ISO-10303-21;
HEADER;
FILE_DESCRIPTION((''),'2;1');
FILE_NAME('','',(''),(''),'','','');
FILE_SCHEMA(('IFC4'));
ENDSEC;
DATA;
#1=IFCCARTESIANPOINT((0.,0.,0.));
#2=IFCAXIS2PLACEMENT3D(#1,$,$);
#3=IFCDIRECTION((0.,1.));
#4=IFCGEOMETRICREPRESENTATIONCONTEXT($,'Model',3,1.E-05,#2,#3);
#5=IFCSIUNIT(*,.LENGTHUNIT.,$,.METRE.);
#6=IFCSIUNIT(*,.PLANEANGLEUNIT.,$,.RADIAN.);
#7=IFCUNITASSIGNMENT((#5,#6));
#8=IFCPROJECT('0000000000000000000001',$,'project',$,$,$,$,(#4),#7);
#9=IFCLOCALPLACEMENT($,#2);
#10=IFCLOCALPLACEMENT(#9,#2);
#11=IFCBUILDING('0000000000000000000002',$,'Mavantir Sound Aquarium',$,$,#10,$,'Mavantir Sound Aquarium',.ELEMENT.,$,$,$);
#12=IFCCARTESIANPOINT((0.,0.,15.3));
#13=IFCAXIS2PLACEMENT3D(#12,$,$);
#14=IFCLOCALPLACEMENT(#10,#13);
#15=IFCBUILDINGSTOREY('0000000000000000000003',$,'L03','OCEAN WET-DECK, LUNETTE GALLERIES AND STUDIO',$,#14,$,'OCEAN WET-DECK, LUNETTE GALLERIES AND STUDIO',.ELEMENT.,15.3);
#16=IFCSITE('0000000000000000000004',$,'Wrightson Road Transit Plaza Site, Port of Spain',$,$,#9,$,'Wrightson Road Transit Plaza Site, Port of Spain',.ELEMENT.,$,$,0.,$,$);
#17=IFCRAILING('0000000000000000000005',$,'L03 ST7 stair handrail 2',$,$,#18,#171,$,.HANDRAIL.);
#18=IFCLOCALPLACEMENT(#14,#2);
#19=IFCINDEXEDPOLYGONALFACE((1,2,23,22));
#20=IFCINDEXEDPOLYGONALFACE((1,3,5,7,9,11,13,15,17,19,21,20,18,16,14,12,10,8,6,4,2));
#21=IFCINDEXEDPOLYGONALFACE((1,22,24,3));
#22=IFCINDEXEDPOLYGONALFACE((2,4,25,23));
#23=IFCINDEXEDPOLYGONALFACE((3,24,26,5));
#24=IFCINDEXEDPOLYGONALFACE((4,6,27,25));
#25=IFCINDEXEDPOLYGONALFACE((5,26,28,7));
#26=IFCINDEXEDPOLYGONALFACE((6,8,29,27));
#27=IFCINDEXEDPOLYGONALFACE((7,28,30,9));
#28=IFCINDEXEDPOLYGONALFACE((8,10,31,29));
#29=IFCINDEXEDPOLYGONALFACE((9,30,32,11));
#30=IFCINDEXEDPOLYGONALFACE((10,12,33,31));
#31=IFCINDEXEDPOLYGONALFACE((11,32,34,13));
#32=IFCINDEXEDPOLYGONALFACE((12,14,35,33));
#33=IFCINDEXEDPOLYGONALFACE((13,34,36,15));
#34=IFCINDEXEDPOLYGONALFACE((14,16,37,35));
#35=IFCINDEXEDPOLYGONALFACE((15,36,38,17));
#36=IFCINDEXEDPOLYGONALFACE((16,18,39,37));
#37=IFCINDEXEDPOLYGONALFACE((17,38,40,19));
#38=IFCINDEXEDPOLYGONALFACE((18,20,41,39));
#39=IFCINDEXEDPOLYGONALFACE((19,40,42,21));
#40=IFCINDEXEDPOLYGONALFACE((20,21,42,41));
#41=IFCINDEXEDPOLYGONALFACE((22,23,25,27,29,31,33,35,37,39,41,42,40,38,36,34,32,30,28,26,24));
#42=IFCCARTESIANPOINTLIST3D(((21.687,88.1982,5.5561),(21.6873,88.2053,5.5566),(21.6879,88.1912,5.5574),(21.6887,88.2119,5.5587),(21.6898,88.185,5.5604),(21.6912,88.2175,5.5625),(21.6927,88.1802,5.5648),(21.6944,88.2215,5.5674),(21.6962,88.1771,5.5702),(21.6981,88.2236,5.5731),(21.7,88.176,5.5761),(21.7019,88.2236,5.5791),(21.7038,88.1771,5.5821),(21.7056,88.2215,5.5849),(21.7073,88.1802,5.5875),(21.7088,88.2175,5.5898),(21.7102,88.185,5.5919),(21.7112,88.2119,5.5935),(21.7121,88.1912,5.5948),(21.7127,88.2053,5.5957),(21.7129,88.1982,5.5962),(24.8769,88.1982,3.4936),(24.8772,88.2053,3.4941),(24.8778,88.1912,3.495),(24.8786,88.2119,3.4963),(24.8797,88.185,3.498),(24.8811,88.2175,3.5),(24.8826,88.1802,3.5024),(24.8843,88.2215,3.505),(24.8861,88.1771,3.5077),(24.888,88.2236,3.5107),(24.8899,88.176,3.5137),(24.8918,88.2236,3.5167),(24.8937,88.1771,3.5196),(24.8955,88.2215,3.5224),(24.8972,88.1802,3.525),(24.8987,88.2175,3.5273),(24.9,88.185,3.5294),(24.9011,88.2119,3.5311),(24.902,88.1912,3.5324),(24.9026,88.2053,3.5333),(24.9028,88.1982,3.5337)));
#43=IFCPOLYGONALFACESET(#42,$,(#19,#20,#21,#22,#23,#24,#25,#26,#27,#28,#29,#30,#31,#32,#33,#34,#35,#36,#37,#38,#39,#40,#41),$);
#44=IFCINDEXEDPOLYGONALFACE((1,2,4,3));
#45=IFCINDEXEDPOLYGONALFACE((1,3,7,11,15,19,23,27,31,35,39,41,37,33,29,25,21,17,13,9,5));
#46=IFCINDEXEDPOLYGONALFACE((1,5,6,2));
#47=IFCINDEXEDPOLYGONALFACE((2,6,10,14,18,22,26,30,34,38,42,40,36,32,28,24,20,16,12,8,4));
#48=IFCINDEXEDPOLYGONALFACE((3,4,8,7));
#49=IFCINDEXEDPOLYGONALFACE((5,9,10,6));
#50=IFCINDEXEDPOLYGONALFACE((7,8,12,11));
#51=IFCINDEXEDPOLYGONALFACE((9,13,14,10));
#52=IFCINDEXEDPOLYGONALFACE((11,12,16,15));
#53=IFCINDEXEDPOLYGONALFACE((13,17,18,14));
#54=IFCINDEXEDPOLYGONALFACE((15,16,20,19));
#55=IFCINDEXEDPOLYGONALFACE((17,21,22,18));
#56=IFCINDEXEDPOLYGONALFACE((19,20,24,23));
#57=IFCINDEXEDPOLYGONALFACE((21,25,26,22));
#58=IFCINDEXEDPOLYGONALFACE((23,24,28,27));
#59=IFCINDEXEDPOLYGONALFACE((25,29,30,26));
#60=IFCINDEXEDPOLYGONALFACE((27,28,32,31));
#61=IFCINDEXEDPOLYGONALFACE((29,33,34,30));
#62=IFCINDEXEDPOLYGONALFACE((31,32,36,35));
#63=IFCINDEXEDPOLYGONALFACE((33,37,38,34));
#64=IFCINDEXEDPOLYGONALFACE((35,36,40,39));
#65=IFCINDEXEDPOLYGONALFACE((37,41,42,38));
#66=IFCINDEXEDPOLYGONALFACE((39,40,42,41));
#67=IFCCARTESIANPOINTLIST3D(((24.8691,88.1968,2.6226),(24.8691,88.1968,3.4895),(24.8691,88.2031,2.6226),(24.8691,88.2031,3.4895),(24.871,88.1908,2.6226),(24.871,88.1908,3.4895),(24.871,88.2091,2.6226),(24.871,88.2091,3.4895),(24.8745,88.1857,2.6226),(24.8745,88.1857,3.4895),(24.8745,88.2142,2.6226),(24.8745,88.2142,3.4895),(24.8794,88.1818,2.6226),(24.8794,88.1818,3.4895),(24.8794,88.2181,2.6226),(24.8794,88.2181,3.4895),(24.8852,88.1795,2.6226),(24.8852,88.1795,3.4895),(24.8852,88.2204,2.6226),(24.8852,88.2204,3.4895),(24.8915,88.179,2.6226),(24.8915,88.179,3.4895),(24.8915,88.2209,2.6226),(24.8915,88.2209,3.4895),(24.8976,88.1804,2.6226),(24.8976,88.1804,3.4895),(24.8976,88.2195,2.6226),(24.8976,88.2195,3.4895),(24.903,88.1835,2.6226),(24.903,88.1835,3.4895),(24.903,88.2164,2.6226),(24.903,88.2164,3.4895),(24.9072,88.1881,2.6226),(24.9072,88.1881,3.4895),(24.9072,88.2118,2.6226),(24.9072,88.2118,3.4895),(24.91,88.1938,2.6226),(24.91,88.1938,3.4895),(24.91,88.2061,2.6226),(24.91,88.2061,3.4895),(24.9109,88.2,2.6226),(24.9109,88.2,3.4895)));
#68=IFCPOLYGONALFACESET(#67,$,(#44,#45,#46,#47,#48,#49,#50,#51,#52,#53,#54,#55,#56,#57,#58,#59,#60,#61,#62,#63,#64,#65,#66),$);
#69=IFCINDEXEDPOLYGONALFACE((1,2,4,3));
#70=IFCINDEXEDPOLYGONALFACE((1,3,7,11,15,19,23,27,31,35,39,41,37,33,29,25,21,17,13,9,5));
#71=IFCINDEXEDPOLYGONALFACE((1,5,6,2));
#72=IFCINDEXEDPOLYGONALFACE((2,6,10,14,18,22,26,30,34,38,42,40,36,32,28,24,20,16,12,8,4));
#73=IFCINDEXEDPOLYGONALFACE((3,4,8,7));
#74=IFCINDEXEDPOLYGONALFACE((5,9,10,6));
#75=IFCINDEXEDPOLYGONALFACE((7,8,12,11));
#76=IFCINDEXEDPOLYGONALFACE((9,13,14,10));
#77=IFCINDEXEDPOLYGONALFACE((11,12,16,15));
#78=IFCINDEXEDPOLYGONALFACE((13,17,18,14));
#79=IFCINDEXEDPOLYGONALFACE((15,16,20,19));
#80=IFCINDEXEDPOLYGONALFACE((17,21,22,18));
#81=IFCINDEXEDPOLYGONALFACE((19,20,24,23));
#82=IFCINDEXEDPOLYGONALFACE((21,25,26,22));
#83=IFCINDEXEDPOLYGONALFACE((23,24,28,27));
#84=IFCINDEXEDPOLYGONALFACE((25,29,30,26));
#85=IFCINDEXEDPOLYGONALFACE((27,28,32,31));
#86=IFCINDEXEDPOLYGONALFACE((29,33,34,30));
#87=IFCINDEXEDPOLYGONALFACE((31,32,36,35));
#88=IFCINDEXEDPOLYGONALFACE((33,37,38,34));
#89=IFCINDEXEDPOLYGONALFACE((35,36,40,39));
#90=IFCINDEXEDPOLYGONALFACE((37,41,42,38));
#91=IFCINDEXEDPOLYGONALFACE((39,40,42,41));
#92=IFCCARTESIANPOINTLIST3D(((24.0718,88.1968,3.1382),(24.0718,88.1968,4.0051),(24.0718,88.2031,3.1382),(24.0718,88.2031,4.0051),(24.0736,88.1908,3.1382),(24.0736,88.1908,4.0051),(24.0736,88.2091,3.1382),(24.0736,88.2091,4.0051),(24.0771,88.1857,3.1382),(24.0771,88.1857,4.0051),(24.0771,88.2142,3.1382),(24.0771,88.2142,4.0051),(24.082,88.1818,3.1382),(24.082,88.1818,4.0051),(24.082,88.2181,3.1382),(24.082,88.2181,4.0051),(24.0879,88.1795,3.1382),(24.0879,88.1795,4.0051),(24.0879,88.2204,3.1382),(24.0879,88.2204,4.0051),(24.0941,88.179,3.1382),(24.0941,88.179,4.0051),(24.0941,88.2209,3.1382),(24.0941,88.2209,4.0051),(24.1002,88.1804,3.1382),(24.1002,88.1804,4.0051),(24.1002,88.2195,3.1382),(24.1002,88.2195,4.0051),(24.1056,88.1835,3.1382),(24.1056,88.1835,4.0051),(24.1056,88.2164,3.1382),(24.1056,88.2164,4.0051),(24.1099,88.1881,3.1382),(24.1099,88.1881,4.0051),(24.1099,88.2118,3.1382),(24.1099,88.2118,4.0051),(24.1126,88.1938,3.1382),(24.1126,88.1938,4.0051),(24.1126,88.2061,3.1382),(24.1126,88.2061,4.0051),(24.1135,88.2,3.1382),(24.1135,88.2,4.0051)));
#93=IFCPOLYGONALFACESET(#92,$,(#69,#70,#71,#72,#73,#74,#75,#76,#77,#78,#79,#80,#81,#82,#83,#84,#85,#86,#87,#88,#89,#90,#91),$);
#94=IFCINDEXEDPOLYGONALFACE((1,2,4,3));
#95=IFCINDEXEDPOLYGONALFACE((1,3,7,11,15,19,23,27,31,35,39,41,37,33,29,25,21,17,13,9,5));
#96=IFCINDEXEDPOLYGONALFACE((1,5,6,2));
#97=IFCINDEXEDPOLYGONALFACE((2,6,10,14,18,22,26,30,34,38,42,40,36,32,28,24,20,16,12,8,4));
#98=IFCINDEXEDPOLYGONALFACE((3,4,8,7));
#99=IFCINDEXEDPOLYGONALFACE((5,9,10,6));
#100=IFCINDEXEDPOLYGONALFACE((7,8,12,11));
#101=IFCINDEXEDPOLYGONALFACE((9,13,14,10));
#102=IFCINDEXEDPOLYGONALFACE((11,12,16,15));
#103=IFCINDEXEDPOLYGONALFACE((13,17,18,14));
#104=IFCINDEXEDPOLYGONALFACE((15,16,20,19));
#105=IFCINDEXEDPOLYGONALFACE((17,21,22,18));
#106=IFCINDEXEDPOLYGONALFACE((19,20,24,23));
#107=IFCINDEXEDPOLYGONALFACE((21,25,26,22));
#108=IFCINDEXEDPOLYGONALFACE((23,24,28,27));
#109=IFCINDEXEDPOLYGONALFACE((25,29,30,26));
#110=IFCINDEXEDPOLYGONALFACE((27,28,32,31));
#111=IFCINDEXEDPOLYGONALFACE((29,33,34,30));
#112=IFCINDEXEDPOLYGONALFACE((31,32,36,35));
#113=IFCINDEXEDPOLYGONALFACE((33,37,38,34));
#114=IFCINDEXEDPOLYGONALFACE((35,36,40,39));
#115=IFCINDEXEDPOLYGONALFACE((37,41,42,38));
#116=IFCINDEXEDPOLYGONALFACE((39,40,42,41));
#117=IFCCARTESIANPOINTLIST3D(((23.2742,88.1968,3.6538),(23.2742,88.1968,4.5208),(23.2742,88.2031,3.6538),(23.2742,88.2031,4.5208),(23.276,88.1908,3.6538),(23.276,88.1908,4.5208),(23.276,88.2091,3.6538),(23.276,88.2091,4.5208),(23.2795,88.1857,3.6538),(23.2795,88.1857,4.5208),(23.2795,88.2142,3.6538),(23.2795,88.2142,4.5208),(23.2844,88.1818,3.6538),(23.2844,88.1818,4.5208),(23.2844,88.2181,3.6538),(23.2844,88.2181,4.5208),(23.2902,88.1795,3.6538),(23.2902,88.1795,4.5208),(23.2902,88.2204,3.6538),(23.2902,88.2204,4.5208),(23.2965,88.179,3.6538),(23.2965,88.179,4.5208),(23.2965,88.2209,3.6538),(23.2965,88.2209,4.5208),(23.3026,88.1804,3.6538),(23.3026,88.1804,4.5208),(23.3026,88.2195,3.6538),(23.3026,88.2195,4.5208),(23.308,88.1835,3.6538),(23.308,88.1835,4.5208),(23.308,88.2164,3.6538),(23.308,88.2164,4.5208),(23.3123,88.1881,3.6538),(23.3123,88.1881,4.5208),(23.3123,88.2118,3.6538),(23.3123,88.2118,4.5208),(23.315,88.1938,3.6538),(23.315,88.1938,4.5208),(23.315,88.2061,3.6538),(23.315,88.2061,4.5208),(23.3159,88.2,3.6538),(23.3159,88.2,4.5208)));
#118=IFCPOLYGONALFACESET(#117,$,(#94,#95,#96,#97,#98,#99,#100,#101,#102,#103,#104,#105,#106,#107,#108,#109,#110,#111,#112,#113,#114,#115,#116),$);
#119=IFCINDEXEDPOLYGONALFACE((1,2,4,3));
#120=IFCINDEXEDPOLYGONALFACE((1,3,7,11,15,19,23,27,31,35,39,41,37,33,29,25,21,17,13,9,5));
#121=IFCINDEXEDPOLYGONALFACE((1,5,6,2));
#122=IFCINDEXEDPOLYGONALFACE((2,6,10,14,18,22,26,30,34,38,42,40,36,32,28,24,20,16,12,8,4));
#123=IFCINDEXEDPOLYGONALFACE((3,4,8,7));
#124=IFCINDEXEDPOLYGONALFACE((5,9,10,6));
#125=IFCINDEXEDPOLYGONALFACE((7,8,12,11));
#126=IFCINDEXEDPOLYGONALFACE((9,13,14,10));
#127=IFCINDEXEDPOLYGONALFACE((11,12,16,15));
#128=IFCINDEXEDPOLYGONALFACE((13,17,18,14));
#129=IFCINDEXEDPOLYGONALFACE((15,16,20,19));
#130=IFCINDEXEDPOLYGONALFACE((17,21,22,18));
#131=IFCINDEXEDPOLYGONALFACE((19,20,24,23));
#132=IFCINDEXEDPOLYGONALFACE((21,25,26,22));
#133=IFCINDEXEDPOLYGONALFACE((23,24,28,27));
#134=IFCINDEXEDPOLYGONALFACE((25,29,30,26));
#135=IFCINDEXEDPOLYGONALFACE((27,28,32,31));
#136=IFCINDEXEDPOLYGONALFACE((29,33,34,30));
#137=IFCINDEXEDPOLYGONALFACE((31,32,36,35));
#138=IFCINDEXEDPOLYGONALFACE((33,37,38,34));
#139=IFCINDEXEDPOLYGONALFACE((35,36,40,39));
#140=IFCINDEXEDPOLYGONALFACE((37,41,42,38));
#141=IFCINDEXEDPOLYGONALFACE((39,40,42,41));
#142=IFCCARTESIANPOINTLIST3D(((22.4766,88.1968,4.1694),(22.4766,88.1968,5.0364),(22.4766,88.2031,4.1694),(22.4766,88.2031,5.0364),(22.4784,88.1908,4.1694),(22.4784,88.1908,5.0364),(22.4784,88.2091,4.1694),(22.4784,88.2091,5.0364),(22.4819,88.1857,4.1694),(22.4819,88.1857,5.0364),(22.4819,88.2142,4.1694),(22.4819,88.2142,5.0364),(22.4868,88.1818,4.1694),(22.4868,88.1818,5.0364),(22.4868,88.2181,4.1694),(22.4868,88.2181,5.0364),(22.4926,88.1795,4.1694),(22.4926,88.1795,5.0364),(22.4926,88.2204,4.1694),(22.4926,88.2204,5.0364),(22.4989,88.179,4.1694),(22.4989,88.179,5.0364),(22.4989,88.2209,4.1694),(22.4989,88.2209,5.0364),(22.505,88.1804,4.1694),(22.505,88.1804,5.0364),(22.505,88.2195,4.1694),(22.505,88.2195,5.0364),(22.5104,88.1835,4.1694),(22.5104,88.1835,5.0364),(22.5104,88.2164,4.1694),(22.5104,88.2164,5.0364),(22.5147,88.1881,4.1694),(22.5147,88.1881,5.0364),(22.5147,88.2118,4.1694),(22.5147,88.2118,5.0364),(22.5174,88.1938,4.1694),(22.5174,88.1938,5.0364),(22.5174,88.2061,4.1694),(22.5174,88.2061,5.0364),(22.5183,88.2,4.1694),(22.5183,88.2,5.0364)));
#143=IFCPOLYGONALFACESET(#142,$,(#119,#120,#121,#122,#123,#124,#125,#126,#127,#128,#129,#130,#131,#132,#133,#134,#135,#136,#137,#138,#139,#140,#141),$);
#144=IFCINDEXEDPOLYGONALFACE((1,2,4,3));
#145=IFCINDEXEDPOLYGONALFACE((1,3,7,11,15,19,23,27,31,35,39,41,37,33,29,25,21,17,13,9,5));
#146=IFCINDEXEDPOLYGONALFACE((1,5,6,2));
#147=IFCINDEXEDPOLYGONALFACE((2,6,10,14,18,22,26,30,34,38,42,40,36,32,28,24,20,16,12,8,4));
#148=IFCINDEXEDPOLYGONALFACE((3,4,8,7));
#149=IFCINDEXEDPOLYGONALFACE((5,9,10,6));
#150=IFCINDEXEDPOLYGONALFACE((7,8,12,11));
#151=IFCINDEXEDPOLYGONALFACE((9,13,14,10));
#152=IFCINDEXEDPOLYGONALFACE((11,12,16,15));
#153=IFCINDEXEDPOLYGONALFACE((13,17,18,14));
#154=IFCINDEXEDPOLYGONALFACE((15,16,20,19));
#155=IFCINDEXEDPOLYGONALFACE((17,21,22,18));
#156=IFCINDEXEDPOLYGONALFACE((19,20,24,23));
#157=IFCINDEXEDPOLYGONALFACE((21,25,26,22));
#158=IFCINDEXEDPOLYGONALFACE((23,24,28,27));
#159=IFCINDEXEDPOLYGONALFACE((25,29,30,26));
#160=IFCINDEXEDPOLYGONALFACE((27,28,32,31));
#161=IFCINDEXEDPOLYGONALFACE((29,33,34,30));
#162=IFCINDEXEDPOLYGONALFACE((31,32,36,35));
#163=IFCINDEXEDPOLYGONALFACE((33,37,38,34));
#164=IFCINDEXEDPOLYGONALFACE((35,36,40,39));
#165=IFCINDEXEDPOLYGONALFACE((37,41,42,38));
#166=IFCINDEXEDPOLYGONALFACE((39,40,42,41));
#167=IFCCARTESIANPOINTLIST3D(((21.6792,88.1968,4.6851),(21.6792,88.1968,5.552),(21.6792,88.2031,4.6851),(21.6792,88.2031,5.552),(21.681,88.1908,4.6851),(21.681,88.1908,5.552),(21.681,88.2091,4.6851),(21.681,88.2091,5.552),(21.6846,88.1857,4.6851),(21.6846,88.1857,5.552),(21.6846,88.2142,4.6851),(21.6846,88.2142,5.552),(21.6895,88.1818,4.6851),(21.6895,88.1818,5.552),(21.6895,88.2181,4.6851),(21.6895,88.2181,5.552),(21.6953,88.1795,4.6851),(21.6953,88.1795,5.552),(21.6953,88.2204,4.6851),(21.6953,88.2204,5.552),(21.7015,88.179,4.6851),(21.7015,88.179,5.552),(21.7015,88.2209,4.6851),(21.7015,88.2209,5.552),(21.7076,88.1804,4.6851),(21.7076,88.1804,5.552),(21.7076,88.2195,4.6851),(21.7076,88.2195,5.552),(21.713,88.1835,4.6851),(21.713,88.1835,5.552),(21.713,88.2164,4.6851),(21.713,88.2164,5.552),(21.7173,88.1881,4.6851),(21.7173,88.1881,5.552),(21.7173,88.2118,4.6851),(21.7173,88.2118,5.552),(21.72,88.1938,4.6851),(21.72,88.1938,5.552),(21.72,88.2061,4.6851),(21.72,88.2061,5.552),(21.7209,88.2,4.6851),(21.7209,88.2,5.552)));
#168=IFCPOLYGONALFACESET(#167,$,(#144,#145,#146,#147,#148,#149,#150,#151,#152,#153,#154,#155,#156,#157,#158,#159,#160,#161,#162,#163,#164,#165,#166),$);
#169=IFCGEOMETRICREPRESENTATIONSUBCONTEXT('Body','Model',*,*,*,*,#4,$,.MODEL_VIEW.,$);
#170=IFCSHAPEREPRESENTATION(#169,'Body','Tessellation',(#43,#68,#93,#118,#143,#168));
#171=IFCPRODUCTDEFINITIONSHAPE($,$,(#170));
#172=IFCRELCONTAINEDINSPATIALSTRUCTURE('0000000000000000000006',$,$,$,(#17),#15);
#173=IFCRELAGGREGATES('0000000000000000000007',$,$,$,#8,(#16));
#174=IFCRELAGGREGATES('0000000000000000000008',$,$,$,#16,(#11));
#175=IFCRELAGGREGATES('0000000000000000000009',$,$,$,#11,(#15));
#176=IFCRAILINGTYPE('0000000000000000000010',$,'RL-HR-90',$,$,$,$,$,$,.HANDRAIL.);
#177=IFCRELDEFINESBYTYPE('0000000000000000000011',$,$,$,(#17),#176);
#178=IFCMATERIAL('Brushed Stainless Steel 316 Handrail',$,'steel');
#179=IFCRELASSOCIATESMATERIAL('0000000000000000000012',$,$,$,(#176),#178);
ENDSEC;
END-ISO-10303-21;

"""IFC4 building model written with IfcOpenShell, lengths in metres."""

from ifc_helpers import new_model, si_unit, direction, frame, origin, origin_2d, place, context, subcontext, project, spatial, circle, extrude, material, type_object, element, save


model = new_model("IFC4")

# Units and contexts
model_context = context("Model", 3, precision=1e-05, world=origin(), true_north=direction((0.0, 1.0)))
body_context = subcontext(model_context, "Body", "Model", "MODEL_VIEW")
ifc_project = project(units=[si_unit("LENGTHUNIT", "METRE"), si_unit("PLANEANGLEUNIT", "RADIAN")], contexts=[model_context])

# Site, building, storey
site_placement = place(None, origin())
site = spatial("IfcSite", under=ifc_project, at=site_placement, Name="Wrightson Road Transit Plaza Site, Port of Spain", LongName="Wrightson Road Transit Plaza Site, Port of Spain", CompositionType="ELEMENT", RefElevation=0.0)
building_placement = place(site_placement, origin())
building = spatial("IfcBuilding", under=site, at=building_placement, Name="Mavantir Sound Aquarium", LongName="Mavantir Sound Aquarium", CompositionType="ELEMENT")
storey_placement = place(building_placement, frame((0.0, 0.0, 15.3)))
storey = spatial("IfcBuildingStorey", under=building, at=storey_placement, Name="L03", Description="OCEAN WET-DECK, LUNETTE GALLERIES AND STUDIO", LongName="OCEAN WET-DECK, LUNETTE GALLERIES AND STUDIO", CompositionType="ELEMENT", Elevation=15.3)

# Railing
ifc_material_1 = material(Name="Brushed Stainless Steel 316 Handrail", Category="steel")
railing_type_1 = type_object("IfcRailingType", Name="RL-HR-90", PredefinedType="HANDRAIL", material=ifc_material_1)
railing_1_placement = place(storey_placement, frame((24.8899, 88.2, 2.6226)))
element("IfcRailing", 1, at=railing_1_placement, inside=storey, type_object=railing_type_1, Name="L03 ST7 stair handrail 2", PredefinedType="HANDRAIL", context=body_context, shape_type="SweptSolid", body=[
    extrude(circle(Radius=0.0239, at=origin_2d()), frame((0.0, 0.0, 0.8911), z_axis=(-0.83976, 0.0, 0.542958), x_axis=(0.0, -1.0, 0.0)), (0.0, 0.0, 1.0), 3.7986),
    extrude(circle(Radius=0.021, at=origin_2d()), origin(), (0.0, 0.0, 1.0), 0.8669),
    extrude(circle(Radius=0.021, at=origin_2d()), frame((-0.7974, 0.0, 0.5156)), (0.0, 0.0, 1.0), 0.8669),
    extrude(circle(Radius=0.021, at=origin_2d()), frame((-1.595, 0.0, 1.0312)), (0.0, 0.0, 1.0), 0.8669),
    extrude(circle(Radius=0.021, at=origin_2d()), frame((-2.3926, 0.0, 1.5469)), (0.0, 0.0, 1.0), 0.8669),
    extrude(circle(Radius=0.021, at=origin_2d()), frame((-3.1899, 0.0, 2.0625)), (0.0, 0.0, 1.0), 0.8669),
])

save(model, "model.ifc")
